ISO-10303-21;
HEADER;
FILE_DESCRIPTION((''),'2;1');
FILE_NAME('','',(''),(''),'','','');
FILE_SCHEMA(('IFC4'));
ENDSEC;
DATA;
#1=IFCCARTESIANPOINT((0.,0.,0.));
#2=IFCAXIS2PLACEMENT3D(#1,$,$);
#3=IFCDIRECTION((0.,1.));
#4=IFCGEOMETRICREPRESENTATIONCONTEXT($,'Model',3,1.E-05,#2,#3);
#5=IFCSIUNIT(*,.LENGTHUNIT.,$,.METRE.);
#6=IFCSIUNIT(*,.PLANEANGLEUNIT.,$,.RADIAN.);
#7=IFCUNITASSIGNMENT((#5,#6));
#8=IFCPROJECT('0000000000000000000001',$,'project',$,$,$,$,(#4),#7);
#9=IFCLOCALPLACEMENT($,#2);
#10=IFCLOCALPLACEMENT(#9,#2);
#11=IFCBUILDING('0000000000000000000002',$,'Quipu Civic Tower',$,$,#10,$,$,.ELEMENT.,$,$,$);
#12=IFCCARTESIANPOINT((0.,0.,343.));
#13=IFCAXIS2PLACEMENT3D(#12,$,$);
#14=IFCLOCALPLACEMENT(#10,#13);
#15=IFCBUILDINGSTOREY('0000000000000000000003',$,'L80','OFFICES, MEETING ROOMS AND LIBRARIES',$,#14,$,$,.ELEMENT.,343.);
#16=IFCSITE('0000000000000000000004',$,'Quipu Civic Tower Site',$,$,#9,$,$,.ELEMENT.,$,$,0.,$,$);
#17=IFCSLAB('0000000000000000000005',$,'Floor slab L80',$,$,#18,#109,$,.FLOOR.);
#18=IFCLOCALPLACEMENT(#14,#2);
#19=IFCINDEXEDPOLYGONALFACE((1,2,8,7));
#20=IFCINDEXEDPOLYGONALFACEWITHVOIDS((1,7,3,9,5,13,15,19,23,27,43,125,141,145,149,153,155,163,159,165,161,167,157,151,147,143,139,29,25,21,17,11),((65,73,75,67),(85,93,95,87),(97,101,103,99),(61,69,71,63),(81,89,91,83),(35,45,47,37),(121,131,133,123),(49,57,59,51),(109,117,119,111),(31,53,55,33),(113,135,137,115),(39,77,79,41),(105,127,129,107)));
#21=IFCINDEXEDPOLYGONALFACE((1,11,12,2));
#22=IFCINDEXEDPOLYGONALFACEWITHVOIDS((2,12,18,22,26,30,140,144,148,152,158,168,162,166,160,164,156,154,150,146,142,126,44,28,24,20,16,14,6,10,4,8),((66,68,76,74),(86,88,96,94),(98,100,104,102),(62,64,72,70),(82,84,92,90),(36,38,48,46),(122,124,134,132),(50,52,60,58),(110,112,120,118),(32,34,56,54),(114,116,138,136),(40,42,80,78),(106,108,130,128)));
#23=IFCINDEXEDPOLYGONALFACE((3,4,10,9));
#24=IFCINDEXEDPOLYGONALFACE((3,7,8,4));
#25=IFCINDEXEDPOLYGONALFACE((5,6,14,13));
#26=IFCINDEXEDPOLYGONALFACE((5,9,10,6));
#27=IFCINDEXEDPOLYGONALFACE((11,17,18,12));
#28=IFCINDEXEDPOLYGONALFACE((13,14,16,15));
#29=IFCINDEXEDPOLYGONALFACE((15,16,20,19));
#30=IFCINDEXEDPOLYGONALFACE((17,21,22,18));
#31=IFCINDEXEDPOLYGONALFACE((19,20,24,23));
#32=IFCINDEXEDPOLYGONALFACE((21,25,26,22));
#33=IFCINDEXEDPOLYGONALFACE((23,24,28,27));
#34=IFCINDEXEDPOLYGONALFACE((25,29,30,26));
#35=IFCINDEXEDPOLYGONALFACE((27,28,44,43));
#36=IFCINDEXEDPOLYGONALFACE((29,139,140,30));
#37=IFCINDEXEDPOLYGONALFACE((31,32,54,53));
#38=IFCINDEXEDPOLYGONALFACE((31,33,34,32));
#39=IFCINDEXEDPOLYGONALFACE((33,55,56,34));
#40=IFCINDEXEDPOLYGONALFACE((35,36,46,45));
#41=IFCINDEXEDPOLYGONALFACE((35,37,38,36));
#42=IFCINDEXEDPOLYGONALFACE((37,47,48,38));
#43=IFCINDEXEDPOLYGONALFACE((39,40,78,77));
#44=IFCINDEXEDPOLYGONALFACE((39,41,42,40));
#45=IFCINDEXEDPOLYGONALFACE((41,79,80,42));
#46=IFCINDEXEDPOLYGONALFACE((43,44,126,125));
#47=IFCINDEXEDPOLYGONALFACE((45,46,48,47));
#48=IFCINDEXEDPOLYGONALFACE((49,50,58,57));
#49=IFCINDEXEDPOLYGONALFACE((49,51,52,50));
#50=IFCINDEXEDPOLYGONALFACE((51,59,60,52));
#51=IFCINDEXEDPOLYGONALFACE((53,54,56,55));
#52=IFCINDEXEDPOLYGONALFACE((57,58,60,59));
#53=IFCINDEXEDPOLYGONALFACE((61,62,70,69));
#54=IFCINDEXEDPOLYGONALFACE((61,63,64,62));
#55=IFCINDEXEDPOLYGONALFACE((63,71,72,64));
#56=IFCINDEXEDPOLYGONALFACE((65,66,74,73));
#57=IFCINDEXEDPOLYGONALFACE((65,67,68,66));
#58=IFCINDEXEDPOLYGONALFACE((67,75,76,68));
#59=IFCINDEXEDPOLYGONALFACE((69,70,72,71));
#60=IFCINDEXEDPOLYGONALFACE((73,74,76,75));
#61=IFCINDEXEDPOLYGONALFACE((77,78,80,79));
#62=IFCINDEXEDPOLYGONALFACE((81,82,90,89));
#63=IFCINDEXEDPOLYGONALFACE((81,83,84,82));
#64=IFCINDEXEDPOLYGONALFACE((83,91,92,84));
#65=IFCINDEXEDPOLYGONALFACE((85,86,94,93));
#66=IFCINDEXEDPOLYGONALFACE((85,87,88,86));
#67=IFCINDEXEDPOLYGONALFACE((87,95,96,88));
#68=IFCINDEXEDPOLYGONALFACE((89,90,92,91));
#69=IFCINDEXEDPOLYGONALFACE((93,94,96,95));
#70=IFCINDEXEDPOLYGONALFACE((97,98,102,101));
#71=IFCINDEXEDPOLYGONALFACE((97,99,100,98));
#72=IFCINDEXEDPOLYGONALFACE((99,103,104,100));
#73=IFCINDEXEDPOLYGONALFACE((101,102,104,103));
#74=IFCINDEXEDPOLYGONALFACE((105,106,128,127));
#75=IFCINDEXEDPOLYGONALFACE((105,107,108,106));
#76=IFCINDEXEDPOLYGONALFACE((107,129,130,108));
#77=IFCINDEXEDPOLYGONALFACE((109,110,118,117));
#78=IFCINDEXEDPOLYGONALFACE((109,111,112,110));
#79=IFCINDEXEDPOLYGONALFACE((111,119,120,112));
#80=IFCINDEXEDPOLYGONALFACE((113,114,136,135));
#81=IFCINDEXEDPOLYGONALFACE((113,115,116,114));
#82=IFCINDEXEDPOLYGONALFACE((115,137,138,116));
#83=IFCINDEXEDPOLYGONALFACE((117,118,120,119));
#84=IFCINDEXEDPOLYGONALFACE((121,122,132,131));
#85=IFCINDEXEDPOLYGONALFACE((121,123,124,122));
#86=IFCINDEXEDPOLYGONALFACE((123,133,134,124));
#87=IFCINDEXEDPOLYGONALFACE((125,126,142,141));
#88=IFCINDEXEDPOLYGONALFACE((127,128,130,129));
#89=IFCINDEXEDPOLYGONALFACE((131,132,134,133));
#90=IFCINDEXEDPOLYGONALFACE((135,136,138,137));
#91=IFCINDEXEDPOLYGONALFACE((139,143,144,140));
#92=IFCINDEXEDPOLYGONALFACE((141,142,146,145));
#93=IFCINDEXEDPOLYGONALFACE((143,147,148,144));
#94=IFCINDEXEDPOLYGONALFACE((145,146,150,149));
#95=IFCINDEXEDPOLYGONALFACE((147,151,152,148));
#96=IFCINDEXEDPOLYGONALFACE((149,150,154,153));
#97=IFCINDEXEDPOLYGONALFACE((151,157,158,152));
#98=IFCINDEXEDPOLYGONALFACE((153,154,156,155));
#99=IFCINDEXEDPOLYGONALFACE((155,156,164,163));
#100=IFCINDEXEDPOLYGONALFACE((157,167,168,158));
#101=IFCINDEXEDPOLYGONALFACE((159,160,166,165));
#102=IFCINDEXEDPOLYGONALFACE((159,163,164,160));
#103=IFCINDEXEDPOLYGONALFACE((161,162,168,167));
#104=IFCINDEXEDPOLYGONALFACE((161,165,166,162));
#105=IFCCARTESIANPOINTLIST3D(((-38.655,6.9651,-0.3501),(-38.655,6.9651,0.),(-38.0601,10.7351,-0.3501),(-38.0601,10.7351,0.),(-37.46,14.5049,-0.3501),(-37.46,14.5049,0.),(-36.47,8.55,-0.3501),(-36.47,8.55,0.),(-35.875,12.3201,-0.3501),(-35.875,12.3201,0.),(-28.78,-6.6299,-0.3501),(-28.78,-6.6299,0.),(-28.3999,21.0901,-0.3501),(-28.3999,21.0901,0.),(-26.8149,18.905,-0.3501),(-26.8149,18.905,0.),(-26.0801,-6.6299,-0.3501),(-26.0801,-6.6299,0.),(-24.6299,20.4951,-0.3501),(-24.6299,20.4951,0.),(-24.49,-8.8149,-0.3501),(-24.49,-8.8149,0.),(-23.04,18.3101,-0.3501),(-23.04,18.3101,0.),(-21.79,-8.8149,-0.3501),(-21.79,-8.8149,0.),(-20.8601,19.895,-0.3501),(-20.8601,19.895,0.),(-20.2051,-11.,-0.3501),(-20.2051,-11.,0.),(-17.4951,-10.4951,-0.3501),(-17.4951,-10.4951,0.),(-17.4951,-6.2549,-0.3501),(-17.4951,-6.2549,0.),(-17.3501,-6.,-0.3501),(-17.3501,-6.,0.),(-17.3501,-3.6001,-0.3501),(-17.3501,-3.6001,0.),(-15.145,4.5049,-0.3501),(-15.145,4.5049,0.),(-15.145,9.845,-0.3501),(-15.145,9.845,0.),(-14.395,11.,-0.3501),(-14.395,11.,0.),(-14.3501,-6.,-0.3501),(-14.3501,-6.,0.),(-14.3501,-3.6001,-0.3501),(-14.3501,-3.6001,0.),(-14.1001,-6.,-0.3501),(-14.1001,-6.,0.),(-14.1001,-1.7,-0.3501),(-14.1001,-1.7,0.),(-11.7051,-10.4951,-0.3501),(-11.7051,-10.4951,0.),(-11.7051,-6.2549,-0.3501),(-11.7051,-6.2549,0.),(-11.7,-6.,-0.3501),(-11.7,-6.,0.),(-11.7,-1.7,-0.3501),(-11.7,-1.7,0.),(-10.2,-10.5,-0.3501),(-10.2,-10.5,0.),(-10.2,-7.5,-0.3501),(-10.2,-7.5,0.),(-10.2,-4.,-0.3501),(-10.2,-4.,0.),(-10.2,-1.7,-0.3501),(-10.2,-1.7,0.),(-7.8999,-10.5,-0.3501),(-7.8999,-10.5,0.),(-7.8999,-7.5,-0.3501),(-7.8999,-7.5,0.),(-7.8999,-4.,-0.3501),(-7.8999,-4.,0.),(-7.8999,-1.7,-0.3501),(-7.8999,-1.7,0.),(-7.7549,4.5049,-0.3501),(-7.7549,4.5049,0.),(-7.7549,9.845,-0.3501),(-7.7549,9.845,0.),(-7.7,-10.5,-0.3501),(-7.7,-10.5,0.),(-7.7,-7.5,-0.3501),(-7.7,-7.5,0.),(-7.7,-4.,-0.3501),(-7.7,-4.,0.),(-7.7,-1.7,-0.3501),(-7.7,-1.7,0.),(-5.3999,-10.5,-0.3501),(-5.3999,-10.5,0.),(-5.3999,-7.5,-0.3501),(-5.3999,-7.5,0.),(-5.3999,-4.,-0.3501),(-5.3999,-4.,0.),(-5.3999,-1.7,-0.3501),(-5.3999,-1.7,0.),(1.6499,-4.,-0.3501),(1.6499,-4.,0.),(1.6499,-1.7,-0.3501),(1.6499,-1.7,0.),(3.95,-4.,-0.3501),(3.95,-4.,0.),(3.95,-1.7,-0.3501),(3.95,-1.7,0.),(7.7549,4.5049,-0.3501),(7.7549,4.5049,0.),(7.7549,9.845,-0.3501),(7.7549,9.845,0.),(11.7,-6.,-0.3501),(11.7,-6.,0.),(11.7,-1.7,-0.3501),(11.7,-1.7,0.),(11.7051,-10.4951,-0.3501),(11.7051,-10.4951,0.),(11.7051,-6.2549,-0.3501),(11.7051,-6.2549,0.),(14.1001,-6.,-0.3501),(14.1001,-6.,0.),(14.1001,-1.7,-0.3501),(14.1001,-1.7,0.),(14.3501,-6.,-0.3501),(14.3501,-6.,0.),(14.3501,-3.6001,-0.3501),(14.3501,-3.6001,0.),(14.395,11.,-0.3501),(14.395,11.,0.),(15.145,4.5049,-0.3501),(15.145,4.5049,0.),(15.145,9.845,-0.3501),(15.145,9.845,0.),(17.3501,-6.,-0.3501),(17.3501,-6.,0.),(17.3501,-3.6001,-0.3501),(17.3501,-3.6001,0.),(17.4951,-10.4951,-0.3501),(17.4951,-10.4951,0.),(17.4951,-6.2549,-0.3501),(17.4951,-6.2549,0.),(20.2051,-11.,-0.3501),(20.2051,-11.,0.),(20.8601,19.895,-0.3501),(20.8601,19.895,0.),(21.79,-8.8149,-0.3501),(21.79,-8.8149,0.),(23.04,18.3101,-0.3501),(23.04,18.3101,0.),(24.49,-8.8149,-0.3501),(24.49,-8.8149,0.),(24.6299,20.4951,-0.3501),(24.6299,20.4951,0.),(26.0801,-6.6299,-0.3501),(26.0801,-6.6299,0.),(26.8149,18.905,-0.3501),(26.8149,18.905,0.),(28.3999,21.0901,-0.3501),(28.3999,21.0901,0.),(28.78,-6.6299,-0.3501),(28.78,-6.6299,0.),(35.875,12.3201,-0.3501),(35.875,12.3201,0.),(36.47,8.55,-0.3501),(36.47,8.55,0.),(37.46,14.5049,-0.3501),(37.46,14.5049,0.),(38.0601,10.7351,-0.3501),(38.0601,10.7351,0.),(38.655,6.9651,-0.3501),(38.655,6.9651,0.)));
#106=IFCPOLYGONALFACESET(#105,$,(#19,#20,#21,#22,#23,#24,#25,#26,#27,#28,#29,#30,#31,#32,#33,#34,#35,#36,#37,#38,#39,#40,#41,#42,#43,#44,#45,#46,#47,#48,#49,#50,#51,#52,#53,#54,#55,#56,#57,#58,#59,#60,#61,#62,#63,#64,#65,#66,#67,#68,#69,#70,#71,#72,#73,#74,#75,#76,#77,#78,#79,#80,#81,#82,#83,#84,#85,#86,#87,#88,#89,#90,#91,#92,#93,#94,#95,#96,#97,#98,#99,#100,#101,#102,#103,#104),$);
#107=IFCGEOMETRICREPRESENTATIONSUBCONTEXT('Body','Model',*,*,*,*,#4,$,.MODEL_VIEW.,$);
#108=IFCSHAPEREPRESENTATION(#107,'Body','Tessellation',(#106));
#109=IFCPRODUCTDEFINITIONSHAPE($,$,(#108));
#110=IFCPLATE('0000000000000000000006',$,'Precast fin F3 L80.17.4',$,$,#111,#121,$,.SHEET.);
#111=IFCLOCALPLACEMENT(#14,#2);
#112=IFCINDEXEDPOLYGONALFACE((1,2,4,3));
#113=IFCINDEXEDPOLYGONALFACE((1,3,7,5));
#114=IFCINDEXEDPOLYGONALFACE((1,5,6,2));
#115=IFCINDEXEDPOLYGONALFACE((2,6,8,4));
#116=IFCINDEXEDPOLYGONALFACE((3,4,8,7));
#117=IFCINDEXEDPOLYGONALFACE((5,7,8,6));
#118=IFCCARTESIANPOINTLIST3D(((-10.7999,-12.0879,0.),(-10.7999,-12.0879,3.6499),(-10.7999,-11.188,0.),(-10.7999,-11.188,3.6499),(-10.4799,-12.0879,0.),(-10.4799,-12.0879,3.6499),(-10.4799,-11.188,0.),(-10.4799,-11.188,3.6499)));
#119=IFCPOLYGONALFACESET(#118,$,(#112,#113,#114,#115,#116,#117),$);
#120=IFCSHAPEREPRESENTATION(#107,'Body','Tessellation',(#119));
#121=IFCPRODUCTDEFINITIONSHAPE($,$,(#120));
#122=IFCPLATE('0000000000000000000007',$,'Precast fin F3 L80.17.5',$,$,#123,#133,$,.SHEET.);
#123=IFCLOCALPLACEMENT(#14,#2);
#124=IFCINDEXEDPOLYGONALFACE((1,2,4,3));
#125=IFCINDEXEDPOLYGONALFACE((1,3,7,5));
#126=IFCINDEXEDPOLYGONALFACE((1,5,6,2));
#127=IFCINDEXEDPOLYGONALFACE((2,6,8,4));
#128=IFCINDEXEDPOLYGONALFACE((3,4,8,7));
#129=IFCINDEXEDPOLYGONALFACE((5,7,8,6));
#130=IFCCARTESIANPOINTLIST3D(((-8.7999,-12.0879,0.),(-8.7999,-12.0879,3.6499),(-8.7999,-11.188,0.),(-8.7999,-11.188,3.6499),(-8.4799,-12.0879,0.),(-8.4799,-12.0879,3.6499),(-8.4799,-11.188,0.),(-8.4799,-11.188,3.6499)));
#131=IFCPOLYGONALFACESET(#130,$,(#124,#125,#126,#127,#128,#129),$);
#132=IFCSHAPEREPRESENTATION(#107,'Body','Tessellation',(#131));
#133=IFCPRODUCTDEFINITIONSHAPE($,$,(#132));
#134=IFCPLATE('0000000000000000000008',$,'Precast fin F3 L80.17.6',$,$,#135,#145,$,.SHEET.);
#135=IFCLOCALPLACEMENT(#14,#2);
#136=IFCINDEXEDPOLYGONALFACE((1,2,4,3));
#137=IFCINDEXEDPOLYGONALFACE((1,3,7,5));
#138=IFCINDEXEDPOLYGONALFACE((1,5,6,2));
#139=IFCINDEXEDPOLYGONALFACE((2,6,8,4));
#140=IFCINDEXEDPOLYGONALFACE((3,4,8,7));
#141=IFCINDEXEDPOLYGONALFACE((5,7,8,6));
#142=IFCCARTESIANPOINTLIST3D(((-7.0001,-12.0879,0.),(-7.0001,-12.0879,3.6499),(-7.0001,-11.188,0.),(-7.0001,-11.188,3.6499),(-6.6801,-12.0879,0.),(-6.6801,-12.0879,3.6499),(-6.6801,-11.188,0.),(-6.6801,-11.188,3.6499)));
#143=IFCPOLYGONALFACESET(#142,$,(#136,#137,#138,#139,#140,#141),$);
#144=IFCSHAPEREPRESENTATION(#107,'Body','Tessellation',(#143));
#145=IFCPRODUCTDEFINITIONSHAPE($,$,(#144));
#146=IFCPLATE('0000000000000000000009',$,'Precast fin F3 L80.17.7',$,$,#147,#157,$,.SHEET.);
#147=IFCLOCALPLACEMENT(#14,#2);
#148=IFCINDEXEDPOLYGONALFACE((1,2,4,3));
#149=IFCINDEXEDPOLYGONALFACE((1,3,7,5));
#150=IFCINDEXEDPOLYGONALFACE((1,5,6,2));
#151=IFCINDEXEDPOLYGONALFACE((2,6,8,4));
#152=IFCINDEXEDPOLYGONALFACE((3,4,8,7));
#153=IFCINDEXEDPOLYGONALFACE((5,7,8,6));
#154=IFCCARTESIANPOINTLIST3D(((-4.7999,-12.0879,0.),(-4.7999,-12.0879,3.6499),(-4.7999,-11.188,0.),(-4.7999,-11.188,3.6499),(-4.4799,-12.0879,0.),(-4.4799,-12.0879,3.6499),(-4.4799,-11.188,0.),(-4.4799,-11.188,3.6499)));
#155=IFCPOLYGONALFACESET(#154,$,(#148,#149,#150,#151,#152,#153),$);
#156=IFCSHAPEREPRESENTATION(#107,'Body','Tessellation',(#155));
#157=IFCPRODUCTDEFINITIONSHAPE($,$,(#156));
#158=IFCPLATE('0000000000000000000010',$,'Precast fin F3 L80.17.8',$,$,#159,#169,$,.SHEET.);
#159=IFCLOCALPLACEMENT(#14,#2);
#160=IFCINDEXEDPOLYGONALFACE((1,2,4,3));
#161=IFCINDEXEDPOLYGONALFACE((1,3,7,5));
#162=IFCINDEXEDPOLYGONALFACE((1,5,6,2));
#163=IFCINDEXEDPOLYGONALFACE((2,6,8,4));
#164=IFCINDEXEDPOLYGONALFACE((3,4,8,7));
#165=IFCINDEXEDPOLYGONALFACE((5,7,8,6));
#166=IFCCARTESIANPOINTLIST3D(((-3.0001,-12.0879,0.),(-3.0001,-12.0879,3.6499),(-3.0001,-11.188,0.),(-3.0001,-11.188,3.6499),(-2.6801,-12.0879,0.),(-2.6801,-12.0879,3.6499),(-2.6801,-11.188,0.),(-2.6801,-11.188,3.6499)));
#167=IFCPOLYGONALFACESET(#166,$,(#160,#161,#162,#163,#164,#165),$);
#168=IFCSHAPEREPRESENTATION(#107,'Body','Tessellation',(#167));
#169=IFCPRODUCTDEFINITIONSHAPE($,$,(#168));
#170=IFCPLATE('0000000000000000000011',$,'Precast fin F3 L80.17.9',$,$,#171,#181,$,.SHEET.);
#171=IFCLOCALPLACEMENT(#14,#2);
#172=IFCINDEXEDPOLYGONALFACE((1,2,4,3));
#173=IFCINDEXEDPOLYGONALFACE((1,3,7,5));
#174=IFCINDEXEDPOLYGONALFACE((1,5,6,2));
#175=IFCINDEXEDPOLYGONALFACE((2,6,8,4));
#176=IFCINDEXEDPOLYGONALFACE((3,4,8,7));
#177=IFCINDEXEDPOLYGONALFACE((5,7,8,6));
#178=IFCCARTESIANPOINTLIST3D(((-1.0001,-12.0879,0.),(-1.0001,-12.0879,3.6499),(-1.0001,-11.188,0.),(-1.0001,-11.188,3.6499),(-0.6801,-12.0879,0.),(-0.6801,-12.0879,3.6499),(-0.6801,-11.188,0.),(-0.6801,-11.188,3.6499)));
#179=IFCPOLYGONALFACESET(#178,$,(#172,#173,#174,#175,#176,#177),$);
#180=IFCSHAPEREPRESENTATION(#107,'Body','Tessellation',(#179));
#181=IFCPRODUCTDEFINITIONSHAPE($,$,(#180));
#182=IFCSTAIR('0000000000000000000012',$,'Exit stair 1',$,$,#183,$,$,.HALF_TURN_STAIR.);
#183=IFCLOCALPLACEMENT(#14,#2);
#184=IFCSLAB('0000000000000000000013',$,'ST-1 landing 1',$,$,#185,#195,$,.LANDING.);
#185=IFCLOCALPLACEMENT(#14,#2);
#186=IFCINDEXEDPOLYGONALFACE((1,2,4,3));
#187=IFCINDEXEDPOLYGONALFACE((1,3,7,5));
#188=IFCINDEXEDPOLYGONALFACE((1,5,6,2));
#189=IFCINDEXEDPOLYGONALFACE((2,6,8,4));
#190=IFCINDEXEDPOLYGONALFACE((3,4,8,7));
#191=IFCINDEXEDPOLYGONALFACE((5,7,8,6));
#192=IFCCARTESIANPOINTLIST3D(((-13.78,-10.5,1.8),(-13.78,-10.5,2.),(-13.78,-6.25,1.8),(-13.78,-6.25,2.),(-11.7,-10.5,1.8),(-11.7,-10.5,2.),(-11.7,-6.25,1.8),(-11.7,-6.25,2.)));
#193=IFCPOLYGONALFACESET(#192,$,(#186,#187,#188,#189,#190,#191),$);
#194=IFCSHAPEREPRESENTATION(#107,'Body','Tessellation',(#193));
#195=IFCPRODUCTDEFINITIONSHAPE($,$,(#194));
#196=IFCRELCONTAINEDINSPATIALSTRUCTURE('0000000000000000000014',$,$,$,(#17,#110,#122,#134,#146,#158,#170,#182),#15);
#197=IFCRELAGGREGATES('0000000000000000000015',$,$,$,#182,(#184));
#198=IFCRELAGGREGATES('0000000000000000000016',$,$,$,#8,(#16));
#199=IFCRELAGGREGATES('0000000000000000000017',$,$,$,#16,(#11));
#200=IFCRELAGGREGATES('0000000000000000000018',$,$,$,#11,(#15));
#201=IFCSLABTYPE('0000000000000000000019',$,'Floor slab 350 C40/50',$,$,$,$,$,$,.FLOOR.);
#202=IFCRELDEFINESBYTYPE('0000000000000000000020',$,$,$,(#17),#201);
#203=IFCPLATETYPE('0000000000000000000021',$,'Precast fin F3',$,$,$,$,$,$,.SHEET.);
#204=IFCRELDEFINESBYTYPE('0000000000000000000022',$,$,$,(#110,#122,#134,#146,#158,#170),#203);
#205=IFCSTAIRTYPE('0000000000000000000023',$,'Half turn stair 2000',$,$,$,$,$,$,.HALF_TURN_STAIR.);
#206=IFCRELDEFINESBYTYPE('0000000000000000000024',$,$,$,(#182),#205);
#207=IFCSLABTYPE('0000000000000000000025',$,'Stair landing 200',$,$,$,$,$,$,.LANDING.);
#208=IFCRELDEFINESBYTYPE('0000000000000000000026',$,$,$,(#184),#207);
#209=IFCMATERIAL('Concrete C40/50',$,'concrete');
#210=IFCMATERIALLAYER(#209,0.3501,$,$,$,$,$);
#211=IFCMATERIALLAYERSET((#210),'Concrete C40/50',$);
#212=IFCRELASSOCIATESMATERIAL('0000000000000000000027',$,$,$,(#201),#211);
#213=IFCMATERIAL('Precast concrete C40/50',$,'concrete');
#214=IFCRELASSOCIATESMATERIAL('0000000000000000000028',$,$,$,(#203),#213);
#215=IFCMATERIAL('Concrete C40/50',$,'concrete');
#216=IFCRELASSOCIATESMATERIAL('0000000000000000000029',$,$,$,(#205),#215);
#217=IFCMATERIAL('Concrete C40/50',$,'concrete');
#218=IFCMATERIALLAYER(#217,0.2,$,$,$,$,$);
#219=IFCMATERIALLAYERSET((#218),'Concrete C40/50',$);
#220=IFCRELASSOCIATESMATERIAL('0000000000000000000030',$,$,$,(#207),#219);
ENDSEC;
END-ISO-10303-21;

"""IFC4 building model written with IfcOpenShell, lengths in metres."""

from ifc_helpers import new_model, si_unit, direction, frame, origin, origin_2d, place, context, subcontext, project, spatial, polyline, rectangle, outline, extrude, material, layer, layer_set, type_object, element, aggregate, save


model = new_model("IFC4")

# Units and contexts
model_context = context("Model", 3, precision=1e-05, world=origin(), true_north=direction((0.0, 1.0)))
body_context = subcontext(model_context, "Body", "Model", "MODEL_VIEW")
ifc_project = project(units=[si_unit("LENGTHUNIT", "METRE"), si_unit("PLANEANGLEUNIT", "RADIAN")], contexts=[model_context])

# Site, building, storey
site_placement = place(None, origin())
site = spatial("IfcSite", under=ifc_project, at=site_placement, Name="Quipu Civic Tower Site", CompositionType="ELEMENT", RefElevation=0.0)
building_placement = place(site_placement, origin())
building = spatial("IfcBuilding", under=site, at=building_placement, Name="Quipu Civic Tower", CompositionType="ELEMENT")
storey_placement = place(building_placement, frame((0.0, 0.0, 343.0)))
storey = spatial("IfcBuildingStorey", under=building, at=storey_placement, Name="L80", Description="OFFICES, MEETING ROOMS AND LIBRARIES", CompositionType="ELEMENT", Elevation=343.0)

# Slab
ifc_material_1 = material(Name="Concrete C40/50", Category="concrete")
ifc_layer_1 = layer(ifc_material_1, 0.3501)
ifc_layer_set_1 = layer_set([ifc_layer_1], Name="Concrete C40/50")
slab_type_1 = type_object("IfcSlabType", Name="Floor slab 350 C40/50", PredefinedType="FLOOR", material=ifc_layer_set_1)
slab_1_placement = place(storey_placement, frame((0.0, 0.0, -0.3501)))
element("IfcSlab", 1, at=slab_1_placement, inside=storey, type_object=slab_type_1, Name="Floor slab L80", PredefinedType="FLOOR", context=body_context, shape_type="SweptSolid", body=[
    extrude(outline(polyline([(20.8601, 19.895), (23.04, 18.3101), (24.6299, 20.4951), (26.8149, 18.905), (28.3999, 21.0901), (37.46, 14.5049), (35.875, 12.3201), (38.0601, 10.7351), (36.47, 8.55), (38.655, 6.9651), (28.78, -6.6299), (26.0801, -6.6299), (24.49, -8.8149), (21.79, -8.8149), (20.2051, -11.0), (-20.2051, -11.0), (-21.79, -8.8149), (-24.49, -8.8149), (-26.0801, -6.6299), (-28.78, -6.6299), (-38.655, 6.9651), (-36.47, 8.55), (-38.0601, 10.7351), (-35.875, 12.3201), (-37.46, 14.5049), (-28.3999, 21.0901), (-26.8149, 18.905), (-24.6299, 20.4951), (-23.04, 18.3101), (-20.8601, 19.895), (-14.395, 11.0), (14.395, 11.0), (20.8601, 19.895)]), holes=[polyline([(-10.2, -10.5), (-7.8999, -10.5), (-7.8999, -7.5), (-10.2, -7.5), (-10.2, -10.5)]), polyline([(-7.7, -7.5), (-7.7, -10.5), (-5.3999, -10.5), (-5.3999, -7.5), (-7.7, -7.5)]), polyline([(-11.7051, -6.2549), (-17.4951, -6.2549), (-17.4951, -10.4951), (-11.7051, -10.4951), (-11.7051, -6.2549)]), polyline([(-17.3501, -6.0), (-14.3501, -6.0), (-14.3501, -3.6001), (-17.3501, -3.6001), (-17.3501, -6.0)]), polyline([(-14.1001, -1.7), (-14.1001, -6.0), (-11.7, -6.0), (-11.7, -1.7), (-14.1001, -1.7)]), polyline([(-10.2, -1.7), (-10.2, -4.0), (-7.8999, -4.0), (-7.8999, -1.7), (-10.2, -1.7)]), polyline([(-15.145, 9.845), (-15.145, 4.5049), (-7.7549, 4.5049), (-7.7549, 9.845), (-15.145, 9.845)]), polyline([(11.7051, -10.4951), (17.4951, -10.4951), (17.4951, -6.2549), (11.7051, -6.2549), (11.7051, -10.4951)]), polyline([(14.3501, -3.6001), (14.3501, -6.0), (17.3501, -6.0), (17.3501, -3.6001), (14.3501, -3.6001)]), polyline([(11.7, -1.7), (11.7, -6.0), (14.1001, -6.0), (14.1001, -1.7), (11.7, -1.7)]), polyline([(-7.7, -1.7), (-7.7, -4.0), (-5.3999, -4.0), (-5.3999, -1.7), (-7.7, -1.7)]), polyline([(1.6499, -1.7), (1.6499, -4.0), (3.95, -4.0), (3.95, -1.7), (1.6499, -1.7)]), polyline([(7.7549, 4.5049), (15.145, 4.5049), (15.145, 9.845), (7.7549, 9.845), (7.7549, 4.5049)])]), origin(), (0.0, 0.0, 1.0), 0.3501),
])

# Plates
ifc_material_2 = material(Name="Precast concrete C40/50", Category="concrete")
plate_type = type_object("IfcPlateType", Name="Precast fin F3", PredefinedType="SHEET", material=ifc_material_2)
for number, where, z_axis, x_axis, name in (
    (2, (-10.6399, -11.6379, 0.0), (0.0, 0.0, 1.0), (1.0, 0.0, 0.0), "Precast fin F3 L80.17.4"),
    (3, (-8.6399, -11.6379, 0.0), (0.0, 0.0, 1.0), (1.0, 0.0, 0.0), "Precast fin F3 L80.17.5"),
    (4, (-6.8401, -11.6379, 0.0), (0.0, 0.0, 1.0), (1.0, 0.0, 0.0), "Precast fin F3 L80.17.6"),
    (5, (-4.6399, -11.6379, 0.0), (0.0, 0.0, 1.0), (1.0, 0.0, 0.0), "Precast fin F3 L80.17.7"),
    (6, (-2.8401, -11.6379, 0.0), (0.0, 0.0, 1.0), (1.0, 0.0, 0.0), "Precast fin F3 L80.17.8"),
    (7, (-0.8401, -11.6379, 0.0), (0.0, 0.0, 1.0), (1.0, 0.0, 0.0), "Precast fin F3 L80.17.9"),
):
    element("IfcPlate", number, at=place(storey_placement, frame(where, z_axis=z_axis, x_axis=x_axis)), inside=storey, type_object=plate_type, Name=name, PredefinedType="SHEET", context=body_context, shape_type="SweptSolid", body=[
        extrude(rectangle(XDim=0.3201, YDim=0.8999, at=origin_2d()), origin(), (0.0, 0.0, 1.0), 3.6499),
    ])

# Stair, slab
ifc_material_3 = material(Name="Concrete C40/50", Category="concrete")
stair_type = type_object("IfcStairType", Name="Half turn stair 2000", PredefinedType="HALF_TURN_STAIR", material=ifc_material_3)
stair_placement = place(storey_placement, origin())
stair = element("IfcStair", 8, at=stair_placement, inside=storey, type_object=stair_type, Name="Exit stair 1", PredefinedType="HALF_TURN_STAIR")
ifc_material_4 = material(Name="Concrete C40/50", Category="concrete")
ifc_layer_2 = layer(ifc_material_4, 0.2)
ifc_layer_set_2 = layer_set([ifc_layer_2], Name="Concrete C40/50")
slab_type_2 = type_object("IfcSlabType", Name="Stair landing 200", PredefinedType="LANDING", material=ifc_layer_set_2)
slab_2_placement = place(storey_placement, frame((0.0, 0.0, 1.8)))
slab_2 = element("IfcSlab", 9, at=slab_2_placement, type_object=slab_type_2, Name="ST-1 landing 1", PredefinedType="LANDING", context=body_context, shape_type="SweptSolid", body=[
    extrude(outline(polyline([(-13.78, -10.5), (-11.7, -10.5), (-11.7, -6.25), (-13.78, -6.25), (-13.78, -10.5)])), origin(), (0.0, 0.0, 1.0), 0.2),
])
aggregate(stair, [slab_2])

save(model, "model.ifc")
